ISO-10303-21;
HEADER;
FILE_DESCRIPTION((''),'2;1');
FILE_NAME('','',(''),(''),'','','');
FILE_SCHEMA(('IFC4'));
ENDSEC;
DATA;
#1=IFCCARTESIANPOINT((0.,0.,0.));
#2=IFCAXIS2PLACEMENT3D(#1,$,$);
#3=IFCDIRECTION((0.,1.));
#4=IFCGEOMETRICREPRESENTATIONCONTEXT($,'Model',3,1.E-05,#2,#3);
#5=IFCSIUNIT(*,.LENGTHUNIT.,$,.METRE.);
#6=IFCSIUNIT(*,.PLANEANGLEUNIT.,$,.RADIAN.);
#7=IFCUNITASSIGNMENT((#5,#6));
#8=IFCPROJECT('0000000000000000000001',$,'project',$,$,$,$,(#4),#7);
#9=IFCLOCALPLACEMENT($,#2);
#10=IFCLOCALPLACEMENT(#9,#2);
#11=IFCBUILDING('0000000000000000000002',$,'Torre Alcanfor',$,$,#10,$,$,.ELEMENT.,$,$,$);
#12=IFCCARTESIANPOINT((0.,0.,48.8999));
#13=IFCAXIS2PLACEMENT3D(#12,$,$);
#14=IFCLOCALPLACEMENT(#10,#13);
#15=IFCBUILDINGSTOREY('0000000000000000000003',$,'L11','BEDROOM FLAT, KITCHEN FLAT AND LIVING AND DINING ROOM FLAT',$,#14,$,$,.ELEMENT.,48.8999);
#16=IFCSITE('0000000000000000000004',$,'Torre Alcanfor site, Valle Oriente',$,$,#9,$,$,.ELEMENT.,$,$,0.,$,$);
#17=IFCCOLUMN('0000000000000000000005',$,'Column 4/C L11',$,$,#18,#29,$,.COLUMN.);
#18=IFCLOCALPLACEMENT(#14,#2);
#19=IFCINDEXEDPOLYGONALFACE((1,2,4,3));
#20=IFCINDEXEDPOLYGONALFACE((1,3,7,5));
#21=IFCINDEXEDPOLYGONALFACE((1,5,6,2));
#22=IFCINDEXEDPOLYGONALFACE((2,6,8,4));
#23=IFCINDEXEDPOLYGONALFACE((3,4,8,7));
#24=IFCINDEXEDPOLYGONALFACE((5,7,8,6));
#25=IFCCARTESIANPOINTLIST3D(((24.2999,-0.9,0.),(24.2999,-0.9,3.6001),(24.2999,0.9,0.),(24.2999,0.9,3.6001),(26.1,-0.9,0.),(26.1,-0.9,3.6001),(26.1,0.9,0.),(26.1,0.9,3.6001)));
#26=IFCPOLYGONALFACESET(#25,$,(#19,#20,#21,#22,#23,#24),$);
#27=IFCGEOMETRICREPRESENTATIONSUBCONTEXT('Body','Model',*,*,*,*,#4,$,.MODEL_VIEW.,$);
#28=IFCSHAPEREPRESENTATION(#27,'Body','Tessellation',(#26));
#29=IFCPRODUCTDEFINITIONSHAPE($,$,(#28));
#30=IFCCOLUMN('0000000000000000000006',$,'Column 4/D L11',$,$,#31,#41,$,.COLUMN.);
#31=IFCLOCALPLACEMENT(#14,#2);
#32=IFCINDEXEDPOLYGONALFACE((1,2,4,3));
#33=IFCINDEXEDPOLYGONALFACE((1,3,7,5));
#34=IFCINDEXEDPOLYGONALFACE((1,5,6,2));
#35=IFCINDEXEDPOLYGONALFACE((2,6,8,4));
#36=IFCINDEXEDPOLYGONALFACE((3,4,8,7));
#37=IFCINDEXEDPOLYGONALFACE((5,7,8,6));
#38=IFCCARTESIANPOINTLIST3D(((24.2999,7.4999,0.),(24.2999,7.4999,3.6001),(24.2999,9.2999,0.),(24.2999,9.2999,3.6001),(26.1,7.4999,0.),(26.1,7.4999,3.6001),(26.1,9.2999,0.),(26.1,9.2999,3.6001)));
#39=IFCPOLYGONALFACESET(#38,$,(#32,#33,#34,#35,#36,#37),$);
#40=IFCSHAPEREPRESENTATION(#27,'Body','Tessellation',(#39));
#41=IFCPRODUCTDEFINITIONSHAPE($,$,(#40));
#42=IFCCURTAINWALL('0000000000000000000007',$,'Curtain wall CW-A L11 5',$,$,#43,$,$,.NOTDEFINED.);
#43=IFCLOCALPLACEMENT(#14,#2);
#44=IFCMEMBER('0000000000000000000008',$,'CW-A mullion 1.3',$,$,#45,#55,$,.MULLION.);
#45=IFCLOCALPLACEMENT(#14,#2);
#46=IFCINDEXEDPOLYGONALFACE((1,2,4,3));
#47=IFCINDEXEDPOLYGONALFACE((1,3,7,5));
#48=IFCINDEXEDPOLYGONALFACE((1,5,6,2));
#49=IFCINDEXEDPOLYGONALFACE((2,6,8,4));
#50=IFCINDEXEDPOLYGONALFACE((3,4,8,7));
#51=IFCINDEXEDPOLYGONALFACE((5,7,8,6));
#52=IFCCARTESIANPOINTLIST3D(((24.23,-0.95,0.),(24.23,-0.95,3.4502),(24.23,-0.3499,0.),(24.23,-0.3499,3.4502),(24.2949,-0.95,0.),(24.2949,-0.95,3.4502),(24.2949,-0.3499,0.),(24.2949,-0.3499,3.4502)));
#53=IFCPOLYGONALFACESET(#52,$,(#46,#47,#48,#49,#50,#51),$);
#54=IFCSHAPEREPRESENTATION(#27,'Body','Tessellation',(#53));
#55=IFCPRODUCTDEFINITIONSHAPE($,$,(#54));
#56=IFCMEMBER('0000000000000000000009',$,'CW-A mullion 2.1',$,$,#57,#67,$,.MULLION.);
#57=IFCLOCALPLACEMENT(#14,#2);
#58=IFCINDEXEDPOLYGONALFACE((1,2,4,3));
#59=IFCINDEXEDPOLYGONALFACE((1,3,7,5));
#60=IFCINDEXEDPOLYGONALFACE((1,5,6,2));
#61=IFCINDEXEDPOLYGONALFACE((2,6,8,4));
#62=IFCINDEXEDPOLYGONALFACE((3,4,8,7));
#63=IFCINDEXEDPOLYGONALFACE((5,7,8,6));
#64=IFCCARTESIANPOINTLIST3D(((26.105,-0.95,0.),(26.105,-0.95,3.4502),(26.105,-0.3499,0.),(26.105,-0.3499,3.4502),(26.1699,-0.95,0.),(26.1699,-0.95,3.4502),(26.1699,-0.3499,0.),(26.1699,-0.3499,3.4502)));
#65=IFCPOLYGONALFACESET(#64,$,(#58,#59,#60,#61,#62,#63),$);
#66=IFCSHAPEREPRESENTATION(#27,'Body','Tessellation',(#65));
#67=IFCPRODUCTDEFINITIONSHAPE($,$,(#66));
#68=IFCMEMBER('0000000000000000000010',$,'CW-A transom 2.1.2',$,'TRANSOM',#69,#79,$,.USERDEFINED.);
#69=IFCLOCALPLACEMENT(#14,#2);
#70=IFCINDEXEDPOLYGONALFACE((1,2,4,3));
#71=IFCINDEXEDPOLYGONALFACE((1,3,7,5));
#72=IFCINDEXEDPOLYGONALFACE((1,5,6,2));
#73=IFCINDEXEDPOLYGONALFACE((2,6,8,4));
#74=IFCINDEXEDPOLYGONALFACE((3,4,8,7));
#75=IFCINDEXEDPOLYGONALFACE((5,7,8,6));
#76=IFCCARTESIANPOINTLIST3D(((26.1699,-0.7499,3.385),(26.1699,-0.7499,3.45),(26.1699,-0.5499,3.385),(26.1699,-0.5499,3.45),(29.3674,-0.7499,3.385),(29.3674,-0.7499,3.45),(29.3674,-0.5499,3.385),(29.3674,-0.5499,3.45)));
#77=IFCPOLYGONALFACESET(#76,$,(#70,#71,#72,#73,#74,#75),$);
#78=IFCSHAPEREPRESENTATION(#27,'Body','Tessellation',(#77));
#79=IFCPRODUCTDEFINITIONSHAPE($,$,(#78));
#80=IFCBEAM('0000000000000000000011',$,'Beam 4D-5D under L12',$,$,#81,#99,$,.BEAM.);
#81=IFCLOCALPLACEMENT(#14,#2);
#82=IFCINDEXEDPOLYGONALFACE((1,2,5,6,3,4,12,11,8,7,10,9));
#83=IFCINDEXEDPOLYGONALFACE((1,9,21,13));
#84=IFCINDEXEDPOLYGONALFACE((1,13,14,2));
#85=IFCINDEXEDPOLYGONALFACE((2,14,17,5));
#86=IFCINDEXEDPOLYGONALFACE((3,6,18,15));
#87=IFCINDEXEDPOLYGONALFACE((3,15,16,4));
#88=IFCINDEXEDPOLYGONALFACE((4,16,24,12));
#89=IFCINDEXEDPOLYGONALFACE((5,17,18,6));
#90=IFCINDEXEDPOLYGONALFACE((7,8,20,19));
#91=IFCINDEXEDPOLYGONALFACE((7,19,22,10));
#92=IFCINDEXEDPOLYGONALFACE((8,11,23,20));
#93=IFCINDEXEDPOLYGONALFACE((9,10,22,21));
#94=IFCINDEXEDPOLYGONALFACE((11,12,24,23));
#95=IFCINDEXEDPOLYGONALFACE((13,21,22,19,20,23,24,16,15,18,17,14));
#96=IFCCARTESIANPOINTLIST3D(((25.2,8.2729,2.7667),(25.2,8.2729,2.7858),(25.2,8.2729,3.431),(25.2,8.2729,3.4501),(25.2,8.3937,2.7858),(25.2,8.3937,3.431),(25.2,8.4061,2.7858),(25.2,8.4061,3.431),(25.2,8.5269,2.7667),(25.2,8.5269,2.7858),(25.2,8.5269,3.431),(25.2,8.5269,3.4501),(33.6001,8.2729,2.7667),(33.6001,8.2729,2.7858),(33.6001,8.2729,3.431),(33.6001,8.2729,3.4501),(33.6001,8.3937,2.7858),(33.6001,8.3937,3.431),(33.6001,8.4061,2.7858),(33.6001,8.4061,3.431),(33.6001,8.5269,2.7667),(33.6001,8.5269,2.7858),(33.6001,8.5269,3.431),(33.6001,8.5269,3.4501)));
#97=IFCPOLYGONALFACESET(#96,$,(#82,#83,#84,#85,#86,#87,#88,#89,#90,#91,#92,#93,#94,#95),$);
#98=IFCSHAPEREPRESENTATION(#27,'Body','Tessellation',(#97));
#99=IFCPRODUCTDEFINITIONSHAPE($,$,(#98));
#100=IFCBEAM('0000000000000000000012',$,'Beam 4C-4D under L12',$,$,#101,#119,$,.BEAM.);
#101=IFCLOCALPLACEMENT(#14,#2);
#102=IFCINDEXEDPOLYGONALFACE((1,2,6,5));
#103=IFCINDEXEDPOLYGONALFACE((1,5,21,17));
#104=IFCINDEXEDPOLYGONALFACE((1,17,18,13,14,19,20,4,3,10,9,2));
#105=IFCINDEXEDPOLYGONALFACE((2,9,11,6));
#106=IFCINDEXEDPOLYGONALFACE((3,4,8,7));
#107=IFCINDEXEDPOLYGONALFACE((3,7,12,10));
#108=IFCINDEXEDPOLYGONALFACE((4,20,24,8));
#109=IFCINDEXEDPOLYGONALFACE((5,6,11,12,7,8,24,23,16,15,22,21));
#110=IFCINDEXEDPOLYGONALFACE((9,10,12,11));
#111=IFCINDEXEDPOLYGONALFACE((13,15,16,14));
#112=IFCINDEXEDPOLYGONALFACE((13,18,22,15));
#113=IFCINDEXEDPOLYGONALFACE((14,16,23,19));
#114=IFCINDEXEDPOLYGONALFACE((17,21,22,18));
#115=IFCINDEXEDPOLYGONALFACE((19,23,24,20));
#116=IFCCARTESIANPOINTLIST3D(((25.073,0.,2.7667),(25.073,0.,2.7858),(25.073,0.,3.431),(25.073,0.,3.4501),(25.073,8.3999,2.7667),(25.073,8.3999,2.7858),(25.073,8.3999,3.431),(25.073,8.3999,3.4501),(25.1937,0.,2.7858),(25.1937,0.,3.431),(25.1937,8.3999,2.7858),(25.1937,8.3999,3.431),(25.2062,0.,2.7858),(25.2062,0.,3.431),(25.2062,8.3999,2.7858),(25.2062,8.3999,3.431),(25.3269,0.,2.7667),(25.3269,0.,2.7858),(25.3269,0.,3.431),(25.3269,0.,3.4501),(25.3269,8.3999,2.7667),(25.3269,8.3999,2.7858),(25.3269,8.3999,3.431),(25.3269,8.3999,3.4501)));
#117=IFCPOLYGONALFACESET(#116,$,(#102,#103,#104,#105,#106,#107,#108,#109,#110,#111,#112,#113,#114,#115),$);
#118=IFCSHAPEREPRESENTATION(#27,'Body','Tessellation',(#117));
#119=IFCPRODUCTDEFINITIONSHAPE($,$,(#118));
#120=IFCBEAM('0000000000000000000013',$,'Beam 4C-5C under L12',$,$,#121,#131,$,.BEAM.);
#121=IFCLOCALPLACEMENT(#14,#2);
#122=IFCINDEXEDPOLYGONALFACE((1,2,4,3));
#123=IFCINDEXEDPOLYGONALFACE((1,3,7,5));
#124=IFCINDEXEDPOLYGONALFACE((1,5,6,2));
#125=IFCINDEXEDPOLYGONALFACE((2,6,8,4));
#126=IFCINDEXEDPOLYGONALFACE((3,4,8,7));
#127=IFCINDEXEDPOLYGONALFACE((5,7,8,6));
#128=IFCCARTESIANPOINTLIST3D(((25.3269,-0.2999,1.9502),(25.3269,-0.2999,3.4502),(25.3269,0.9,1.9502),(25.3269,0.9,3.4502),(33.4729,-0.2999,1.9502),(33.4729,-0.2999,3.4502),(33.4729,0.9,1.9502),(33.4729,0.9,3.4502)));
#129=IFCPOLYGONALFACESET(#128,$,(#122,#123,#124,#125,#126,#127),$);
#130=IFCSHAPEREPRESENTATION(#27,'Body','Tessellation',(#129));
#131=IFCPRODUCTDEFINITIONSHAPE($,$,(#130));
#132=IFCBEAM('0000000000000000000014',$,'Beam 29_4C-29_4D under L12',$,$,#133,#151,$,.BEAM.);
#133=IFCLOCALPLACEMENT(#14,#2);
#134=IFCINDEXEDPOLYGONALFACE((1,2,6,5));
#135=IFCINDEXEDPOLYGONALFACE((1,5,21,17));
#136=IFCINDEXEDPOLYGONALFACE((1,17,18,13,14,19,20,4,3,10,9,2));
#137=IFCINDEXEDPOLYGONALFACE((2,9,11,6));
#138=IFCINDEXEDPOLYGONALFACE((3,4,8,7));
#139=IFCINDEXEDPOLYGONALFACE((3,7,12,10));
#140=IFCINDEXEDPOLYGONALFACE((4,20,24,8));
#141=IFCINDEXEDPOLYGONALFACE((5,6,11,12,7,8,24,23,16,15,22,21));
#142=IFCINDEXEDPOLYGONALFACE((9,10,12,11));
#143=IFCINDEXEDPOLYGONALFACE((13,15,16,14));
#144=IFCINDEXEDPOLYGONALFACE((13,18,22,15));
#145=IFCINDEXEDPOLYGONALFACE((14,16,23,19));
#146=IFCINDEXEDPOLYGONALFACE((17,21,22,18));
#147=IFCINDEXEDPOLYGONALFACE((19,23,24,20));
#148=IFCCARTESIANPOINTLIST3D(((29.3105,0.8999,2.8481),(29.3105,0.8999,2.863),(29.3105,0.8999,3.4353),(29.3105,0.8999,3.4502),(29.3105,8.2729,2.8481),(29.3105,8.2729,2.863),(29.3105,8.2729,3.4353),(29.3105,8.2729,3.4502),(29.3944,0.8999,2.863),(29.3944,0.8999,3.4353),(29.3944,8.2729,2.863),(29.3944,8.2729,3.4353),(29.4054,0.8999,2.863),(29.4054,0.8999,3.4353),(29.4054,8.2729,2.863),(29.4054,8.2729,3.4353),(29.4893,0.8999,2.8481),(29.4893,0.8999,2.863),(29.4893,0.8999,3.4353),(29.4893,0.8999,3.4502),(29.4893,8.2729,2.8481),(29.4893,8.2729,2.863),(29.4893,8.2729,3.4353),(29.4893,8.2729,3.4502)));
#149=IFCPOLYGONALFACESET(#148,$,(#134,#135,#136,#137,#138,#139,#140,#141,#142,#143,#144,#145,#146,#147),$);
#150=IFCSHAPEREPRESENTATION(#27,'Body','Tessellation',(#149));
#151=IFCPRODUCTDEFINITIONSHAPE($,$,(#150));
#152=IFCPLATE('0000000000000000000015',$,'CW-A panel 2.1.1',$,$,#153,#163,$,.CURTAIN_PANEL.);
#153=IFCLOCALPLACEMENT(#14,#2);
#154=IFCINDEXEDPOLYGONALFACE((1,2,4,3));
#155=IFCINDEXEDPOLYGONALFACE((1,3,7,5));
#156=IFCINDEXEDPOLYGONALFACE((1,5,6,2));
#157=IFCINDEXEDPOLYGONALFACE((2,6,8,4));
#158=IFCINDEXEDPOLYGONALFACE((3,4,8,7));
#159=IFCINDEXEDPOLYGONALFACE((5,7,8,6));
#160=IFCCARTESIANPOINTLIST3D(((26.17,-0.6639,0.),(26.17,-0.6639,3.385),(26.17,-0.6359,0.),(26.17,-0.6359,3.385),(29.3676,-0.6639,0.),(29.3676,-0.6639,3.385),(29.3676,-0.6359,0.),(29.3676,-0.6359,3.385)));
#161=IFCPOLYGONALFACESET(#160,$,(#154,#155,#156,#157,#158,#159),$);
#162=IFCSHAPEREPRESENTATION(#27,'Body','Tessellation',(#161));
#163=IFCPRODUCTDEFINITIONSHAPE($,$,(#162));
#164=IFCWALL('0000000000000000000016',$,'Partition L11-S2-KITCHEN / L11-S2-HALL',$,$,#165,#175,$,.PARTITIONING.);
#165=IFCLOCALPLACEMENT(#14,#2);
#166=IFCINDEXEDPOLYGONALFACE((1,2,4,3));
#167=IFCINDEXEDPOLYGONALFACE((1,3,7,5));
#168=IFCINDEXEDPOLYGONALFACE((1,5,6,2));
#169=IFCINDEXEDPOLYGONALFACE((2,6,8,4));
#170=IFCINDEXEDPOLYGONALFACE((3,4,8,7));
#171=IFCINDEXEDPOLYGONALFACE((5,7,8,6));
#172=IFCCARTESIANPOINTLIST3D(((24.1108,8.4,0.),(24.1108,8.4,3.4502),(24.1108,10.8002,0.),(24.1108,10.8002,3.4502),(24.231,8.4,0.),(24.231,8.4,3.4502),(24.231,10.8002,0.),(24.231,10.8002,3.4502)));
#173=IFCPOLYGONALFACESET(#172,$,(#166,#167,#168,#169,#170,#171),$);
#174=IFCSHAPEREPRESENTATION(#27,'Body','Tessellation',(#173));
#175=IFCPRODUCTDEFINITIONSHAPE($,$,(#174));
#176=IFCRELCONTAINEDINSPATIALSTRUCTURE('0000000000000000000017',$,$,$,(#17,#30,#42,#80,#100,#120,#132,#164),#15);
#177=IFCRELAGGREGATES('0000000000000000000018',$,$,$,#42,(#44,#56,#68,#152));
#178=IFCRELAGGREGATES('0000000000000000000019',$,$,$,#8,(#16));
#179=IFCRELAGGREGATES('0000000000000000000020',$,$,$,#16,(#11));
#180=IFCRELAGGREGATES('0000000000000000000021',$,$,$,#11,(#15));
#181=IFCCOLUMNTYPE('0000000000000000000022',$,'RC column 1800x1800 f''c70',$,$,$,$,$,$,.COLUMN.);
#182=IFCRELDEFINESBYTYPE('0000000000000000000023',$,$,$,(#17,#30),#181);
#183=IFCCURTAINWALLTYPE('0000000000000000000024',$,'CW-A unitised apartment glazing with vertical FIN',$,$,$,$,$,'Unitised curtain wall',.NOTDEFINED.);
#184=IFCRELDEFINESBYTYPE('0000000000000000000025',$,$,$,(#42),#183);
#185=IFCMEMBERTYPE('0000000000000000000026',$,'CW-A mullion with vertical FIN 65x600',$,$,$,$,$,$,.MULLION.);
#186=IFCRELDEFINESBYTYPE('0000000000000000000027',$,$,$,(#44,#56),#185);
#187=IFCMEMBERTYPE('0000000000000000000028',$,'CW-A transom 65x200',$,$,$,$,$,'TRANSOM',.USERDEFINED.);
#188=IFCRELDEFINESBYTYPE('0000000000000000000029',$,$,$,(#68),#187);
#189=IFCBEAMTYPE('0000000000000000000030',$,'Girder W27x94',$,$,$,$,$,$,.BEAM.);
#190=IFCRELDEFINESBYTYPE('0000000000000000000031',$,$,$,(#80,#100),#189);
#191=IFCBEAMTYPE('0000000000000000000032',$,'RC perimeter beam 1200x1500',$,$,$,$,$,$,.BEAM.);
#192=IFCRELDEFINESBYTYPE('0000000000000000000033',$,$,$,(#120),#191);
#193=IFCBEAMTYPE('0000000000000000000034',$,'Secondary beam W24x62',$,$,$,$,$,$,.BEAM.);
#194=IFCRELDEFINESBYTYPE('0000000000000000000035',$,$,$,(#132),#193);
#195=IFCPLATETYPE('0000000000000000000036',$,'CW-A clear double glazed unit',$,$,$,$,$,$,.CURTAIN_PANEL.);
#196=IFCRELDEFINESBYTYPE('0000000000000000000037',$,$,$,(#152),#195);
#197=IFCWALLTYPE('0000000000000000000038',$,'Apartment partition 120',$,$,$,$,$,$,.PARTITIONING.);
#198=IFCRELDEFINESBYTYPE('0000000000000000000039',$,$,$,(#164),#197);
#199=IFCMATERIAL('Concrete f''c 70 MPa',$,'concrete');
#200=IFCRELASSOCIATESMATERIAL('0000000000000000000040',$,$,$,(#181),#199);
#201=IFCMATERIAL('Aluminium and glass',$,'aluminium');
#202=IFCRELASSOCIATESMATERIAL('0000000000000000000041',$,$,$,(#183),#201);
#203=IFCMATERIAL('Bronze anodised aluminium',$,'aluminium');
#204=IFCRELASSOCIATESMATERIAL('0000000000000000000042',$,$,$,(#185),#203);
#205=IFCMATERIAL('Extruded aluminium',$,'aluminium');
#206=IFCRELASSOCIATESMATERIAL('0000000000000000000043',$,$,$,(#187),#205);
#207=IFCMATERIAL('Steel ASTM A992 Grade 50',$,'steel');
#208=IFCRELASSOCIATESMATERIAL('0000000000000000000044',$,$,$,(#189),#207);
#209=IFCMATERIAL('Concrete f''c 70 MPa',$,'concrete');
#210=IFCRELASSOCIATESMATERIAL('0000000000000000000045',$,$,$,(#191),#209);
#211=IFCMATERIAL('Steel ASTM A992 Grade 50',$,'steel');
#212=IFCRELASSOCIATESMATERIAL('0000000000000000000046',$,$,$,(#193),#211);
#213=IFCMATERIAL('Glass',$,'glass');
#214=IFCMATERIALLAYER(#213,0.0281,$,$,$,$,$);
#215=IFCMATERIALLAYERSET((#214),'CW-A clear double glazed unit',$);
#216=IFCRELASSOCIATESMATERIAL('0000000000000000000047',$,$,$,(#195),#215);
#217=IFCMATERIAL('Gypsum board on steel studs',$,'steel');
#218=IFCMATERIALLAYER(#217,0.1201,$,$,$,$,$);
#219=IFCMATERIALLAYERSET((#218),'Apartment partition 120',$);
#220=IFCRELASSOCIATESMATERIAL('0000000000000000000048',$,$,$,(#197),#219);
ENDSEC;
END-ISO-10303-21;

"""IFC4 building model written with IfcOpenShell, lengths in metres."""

from ifc_helpers import new_model, si_unit, direction, frame, frame_2d, origin, origin_2d, place, context, subcontext, project, spatial, rectangle, i_section, extrude, material, layer, layer_set, material_profile, profile_set, type_object, element, aggregate, save


model = new_model("IFC4")

# Units and contexts
model_context = context("Model", 3, precision=1e-05, world=origin(), true_north=direction((0.0, 1.0)))
body_context = subcontext(model_context, "Body", "Model", "MODEL_VIEW")
ifc_project = project(units=[si_unit("LENGTHUNIT", "METRE"), si_unit("PLANEANGLEUNIT", "RADIAN")], contexts=[model_context])

# Site, building, storey
site_placement = place(None, origin())
site = spatial("IfcSite", under=ifc_project, at=site_placement, Name="Torre Alcanfor site, Valle Oriente", CompositionType="ELEMENT", RefElevation=0.0)
building_placement = place(site_placement, origin())
building = spatial("IfcBuilding", under=site, at=building_placement, Name="Torre Alcanfor", CompositionType="ELEMENT")
storey_placement = place(building_placement, frame((0.0, 0.0, 48.8999)))
storey = spatial("IfcBuildingStorey", under=building, at=storey_placement, Name="L11", Description="BEDROOM FLAT, KITCHEN FLAT AND LIVING AND DINING ROOM FLAT", CompositionType="ELEMENT", Elevation=48.8999)

# Columns
ifc_material_1 = material(Name="Concrete f'c 70 MPa", Category="concrete")
ifc_material_profile_1 = material_profile(ifc_material_1, rectangle(XDim=1.8, YDim=1.8, at=origin_2d()), Name="1800x1800")
ifc_profile_set_1 = profile_set([ifc_material_profile_1], Name="Concrete f'c 70 MPa")
column_type = type_object("IfcColumnType", Name="RC column 1800x1800 f'c70", PredefinedType="COLUMN", material=ifc_profile_set_1)
for number, where, z_axis, x_axis, name in (
    (1, (25.2, 0.0, 0.0), (0.0, 0.0, 1.0), (1.0, 0.0, 0.0), "Column 4/C L11"),
    (2, (25.2, 8.3999, 0.0), (0.0, 0.0, 1.0), (1.0, 0.0, 0.0), "Column 4/D L11"),
):
    element("IfcColumn", number, at=place(storey_placement, frame(where, z_axis=z_axis, x_axis=x_axis)), inside=storey, type_object=column_type, Name=name, PredefinedType="COLUMN", context=body_context, shape_type="SweptSolid", body=[
        extrude(rectangle(XDim=1.8, YDim=1.8, at=origin_2d()), origin(), (0.0, 0.0, 1.0), 3.6001),
    ])

# Curtain wall, members
ifc_material_2 = material(Name="Aluminium and glass", Category="aluminium")
curtain_wall_type = type_object("IfcCurtainWallType", Name="CW-A unitised apartment glazing with vertical FIN", ElementType="Unitised curtain wall", PredefinedType="NOTDEFINED", material=ifc_material_2)
curtain_wall_placement = place(storey_placement, origin())
curtain_wall = element("IfcCurtainWall", 3, at=curtain_wall_placement, inside=storey, type_object=curtain_wall_type, Name="Curtain wall CW-A L11 5", PredefinedType="NOTDEFINED")
ifc_material_3 = material(Name="Bronze anodised aluminium", Category="aluminium")
ifc_material_profile_2 = material_profile(ifc_material_3, rectangle(XDim=0.6001, YDim=0.0649, at=origin_2d()), Name="CW-A mullion 65x600")
ifc_profile_set_2 = profile_set([ifc_material_profile_2], Name="Bronze anodised aluminium")
member_type_1 = type_object("IfcMemberType", Name="CW-A mullion with vertical FIN 65x600", PredefinedType="MULLION", material=ifc_profile_set_2)
member_1_placement = place(storey_placement, frame((24.2625, -0.6499, 0.0), z_axis=(0.0, 0.0, 1.0), x_axis=(0.0, 1.0, 0.0)))
member_1 = element("IfcMember", 4, at=member_1_placement, type_object=member_type_1, Name="CW-A mullion 1.3", PredefinedType="MULLION", context=body_context, shape_type="SweptSolid", body=[
    extrude(rectangle(XDim=0.6001, YDim=0.0649, at=origin_2d()), origin(), (0.0, 0.0, 1.0), 3.4502),
])
member_2_placement = place(storey_placement, frame((26.1375, -0.6499, 0.0), z_axis=(0.0, 0.0, 1.0), x_axis=(0.0, 1.0, 0.0)))
member_2 = element("IfcMember", 5, at=member_2_placement, type_object=member_type_1, Name="CW-A mullion 2.1", PredefinedType="MULLION", context=body_context, shape_type="SweptSolid", body=[
    extrude(rectangle(XDim=0.6001, YDim=0.0649, at=origin_2d()), origin(), (0.0, 0.0, 1.0), 3.4502),
])
ifc_material_4 = material(Name="Extruded aluminium", Category="aluminium")
ifc_material_profile_3 = material_profile(ifc_material_4, rectangle(XDim=0.2, YDim=0.0649, at=origin_2d()), Name="CW-A transom 200x65")
ifc_profile_set_3 = profile_set([ifc_material_profile_3], Name="Extruded aluminium")
member_type_2 = type_object("IfcMemberType", Name="CW-A transom 65x200", ElementType="TRANSOM", PredefinedType="USERDEFINED", material=ifc_profile_set_3)
member_3_placement = place(storey_placement, frame((26.1699, -0.6499, 3.4175), z_axis=(1.0, 0.0, 0.0), x_axis=(0.0, 1.0, 0.0)))
member_3 = element("IfcMember", 6, at=member_3_placement, type_object=member_type_2, Name="CW-A transom 2.1.2", ObjectType="TRANSOM", PredefinedType="USERDEFINED", context=body_context, shape_type="SweptSolid", body=[
    extrude(rectangle(XDim=0.2, YDim=0.0649, at=origin_2d()), origin(), (0.0, 0.0, 1.0), 3.1975),
])

# Beams
ifc_material_5 = material(Name="Steel ASTM A992 Grade 50", Category="steel")
ifc_material_profile_4 = material_profile(ifc_material_5, i_section(OverallWidth=0.2539, OverallDepth=0.6833, WebThickness=0.0125, FlangeThickness=0.019, at=origin_2d()), Name="W27x94")
ifc_profile_set_4 = profile_set([ifc_material_profile_4], Name="Steel ASTM A992 Grade 50")
beam_type_1 = type_object("IfcBeamType", Name="Girder W27x94", PredefinedType="BEAM", material=ifc_profile_set_4)
beam_1_placement = place(storey_placement, frame((25.2, 8.3999, 3.1084), z_axis=(1.0, 0.0, 0.0), x_axis=(0.0, 1.0, 0.0)))
element("IfcBeam", 7, at=beam_1_placement, inside=storey, type_object=beam_type_1, Name="Beam 4D-5D under L12", PredefinedType="BEAM", context=body_context, shape_type="SweptSolid", body=[
    extrude(i_section(OverallWidth=0.2539, OverallDepth=0.6833, WebThickness=0.0125, FlangeThickness=0.019, at=origin_2d()), origin(), (0.0, 0.0, 1.0), 8.4001),
])
beam_2_placement = place(storey_placement, frame((25.2, 0.0, 3.1084), z_axis=(0.0, 1.0, 0.0), x_axis=(-1.0, 0.0, 0.0)))
element("IfcBeam", 8, at=beam_2_placement, inside=storey, type_object=beam_type_1, Name="Beam 4C-4D under L12", PredefinedType="BEAM", context=body_context, shape_type="SweptSolid", body=[
    extrude(i_section(OverallWidth=0.2539, OverallDepth=0.6833, WebThickness=0.0125, FlangeThickness=0.019, at=origin_2d()), origin(), (0.0, 0.0, 1.0), 8.3999),
])
ifc_material_6 = material(Name="Concrete f'c 70 MPa", Category="concrete")
ifc_material_profile_5 = material_profile(ifc_material_6, rectangle(XDim=1.2, YDim=1.5, at=origin_2d()), Name="1200x1500")
ifc_profile_set_5 = profile_set([ifc_material_profile_5], Name="Concrete f'c 70 MPa")
beam_type_2 = type_object("IfcBeamType", Name="RC perimeter beam 1200x1500", PredefinedType="BEAM", material=ifc_profile_set_5)
beam_3_placement = place(storey_placement, frame((25.3269, 0.3, 2.7002), z_axis=(1.0, 0.0, 0.0), x_axis=(0.0, 1.0, 0.0)))
element("IfcBeam", 9, at=beam_3_placement, inside=storey, type_object=beam_type_2, Name="Beam 4C-5C under L12", PredefinedType="BEAM", context=body_context, shape_type="SweptSolid", body=[
    extrude(rectangle(XDim=1.2, YDim=1.5, at=origin_2d()), origin(), (0.0, 0.0, 1.0), 8.146),
])
ifc_material_7 = material(Name="Steel ASTM A992 Grade 50", Category="steel")
ifc_material_profile_6 = material_profile(ifc_material_7, i_section(OverallWidth=0.1787, OverallDepth=0.6021, WebThickness=0.011, FlangeThickness=0.0149, at=origin_2d()), Name="W24x62")
ifc_profile_set_6 = profile_set([ifc_material_profile_6], Name="Steel ASTM A992 Grade 50")
beam_type_3 = type_object("IfcBeamType", Name="Secondary beam W24x62", PredefinedType="BEAM", material=ifc_profile_set_6)
beam_4_placement = place(storey_placement, frame((29.3999, 0.8999, 3.1492), z_axis=(0.0, 1.0, 0.0), x_axis=(-1.0, 0.0, 0.0)))
element("IfcBeam", 10, at=beam_4_placement, inside=storey, type_object=beam_type_3, Name="Beam 29_4C-29_4D under L12", PredefinedType="BEAM", context=body_context, shape_type="SweptSolid", body=[
    extrude(i_section(OverallWidth=0.1787, OverallDepth=0.6021, WebThickness=0.011, FlangeThickness=0.0149, at=origin_2d()), origin(), (0.0, 0.0, 1.0), 7.373),
])

# Plate
ifc_material_8 = material(Name="Glass", Category="glass")
ifc_layer_1 = layer(ifc_material_8, 0.0281)
ifc_layer_set_1 = layer_set([ifc_layer_1], Name="CW-A clear double glazed unit")
plate_type = type_object("IfcPlateType", Name="CW-A clear double glazed unit", PredefinedType="CURTAIN_PANEL", material=ifc_layer_set_1)
plate_placement = place(storey_placement, frame((27.7688, -0.6499, 0.0), z_axis=(0.0, 0.0, 1.0), x_axis=(1.0, 0.0, 0.0)))
plate = element("IfcPlate", 11, at=plate_placement, type_object=plate_type, Name="CW-A panel 2.1.1", PredefinedType="CURTAIN_PANEL", context=body_context, shape_type="SweptSolid", body=[
    extrude(rectangle(XDim=3.1975, YDim=0.0281, at=origin_2d()), origin(), (0.0, 0.0, 1.0), 3.385),
])
aggregate(curtain_wall, [member_1, member_2, member_3, plate])

# Wall
ifc_material_9 = material(Name="Gypsum board on steel studs", Category="steel")
ifc_layer_2 = layer(ifc_material_9, 0.1201)
ifc_layer_set_2 = layer_set([ifc_layer_2], Name="Apartment partition 120")
wall_type = type_object("IfcWallType", Name="Apartment partition 120", PredefinedType="PARTITIONING", material=ifc_layer_set_2)
wall_1_placement = place(storey_placement, frame((24.1709, 8.3999, 0.0), z_axis=(0.0, 0.0, 1.0), x_axis=(0.0, 1.0, 0.0)))
element("IfcWall", 12, at=wall_1_placement, inside=storey, type_object=wall_type, Name="Partition L11-S2-KITCHEN / L11-S2-HALL", PredefinedType="PARTITIONING", context=body_context, shape_type="SweptSolid", body=[
    extrude(rectangle(XDim=2.4001, YDim=0.1201, at=frame_2d((1.2002, 0.0))), origin(), (0.0, 0.0, 1.0), 3.4502),
])

save(model, "model.ifc")
